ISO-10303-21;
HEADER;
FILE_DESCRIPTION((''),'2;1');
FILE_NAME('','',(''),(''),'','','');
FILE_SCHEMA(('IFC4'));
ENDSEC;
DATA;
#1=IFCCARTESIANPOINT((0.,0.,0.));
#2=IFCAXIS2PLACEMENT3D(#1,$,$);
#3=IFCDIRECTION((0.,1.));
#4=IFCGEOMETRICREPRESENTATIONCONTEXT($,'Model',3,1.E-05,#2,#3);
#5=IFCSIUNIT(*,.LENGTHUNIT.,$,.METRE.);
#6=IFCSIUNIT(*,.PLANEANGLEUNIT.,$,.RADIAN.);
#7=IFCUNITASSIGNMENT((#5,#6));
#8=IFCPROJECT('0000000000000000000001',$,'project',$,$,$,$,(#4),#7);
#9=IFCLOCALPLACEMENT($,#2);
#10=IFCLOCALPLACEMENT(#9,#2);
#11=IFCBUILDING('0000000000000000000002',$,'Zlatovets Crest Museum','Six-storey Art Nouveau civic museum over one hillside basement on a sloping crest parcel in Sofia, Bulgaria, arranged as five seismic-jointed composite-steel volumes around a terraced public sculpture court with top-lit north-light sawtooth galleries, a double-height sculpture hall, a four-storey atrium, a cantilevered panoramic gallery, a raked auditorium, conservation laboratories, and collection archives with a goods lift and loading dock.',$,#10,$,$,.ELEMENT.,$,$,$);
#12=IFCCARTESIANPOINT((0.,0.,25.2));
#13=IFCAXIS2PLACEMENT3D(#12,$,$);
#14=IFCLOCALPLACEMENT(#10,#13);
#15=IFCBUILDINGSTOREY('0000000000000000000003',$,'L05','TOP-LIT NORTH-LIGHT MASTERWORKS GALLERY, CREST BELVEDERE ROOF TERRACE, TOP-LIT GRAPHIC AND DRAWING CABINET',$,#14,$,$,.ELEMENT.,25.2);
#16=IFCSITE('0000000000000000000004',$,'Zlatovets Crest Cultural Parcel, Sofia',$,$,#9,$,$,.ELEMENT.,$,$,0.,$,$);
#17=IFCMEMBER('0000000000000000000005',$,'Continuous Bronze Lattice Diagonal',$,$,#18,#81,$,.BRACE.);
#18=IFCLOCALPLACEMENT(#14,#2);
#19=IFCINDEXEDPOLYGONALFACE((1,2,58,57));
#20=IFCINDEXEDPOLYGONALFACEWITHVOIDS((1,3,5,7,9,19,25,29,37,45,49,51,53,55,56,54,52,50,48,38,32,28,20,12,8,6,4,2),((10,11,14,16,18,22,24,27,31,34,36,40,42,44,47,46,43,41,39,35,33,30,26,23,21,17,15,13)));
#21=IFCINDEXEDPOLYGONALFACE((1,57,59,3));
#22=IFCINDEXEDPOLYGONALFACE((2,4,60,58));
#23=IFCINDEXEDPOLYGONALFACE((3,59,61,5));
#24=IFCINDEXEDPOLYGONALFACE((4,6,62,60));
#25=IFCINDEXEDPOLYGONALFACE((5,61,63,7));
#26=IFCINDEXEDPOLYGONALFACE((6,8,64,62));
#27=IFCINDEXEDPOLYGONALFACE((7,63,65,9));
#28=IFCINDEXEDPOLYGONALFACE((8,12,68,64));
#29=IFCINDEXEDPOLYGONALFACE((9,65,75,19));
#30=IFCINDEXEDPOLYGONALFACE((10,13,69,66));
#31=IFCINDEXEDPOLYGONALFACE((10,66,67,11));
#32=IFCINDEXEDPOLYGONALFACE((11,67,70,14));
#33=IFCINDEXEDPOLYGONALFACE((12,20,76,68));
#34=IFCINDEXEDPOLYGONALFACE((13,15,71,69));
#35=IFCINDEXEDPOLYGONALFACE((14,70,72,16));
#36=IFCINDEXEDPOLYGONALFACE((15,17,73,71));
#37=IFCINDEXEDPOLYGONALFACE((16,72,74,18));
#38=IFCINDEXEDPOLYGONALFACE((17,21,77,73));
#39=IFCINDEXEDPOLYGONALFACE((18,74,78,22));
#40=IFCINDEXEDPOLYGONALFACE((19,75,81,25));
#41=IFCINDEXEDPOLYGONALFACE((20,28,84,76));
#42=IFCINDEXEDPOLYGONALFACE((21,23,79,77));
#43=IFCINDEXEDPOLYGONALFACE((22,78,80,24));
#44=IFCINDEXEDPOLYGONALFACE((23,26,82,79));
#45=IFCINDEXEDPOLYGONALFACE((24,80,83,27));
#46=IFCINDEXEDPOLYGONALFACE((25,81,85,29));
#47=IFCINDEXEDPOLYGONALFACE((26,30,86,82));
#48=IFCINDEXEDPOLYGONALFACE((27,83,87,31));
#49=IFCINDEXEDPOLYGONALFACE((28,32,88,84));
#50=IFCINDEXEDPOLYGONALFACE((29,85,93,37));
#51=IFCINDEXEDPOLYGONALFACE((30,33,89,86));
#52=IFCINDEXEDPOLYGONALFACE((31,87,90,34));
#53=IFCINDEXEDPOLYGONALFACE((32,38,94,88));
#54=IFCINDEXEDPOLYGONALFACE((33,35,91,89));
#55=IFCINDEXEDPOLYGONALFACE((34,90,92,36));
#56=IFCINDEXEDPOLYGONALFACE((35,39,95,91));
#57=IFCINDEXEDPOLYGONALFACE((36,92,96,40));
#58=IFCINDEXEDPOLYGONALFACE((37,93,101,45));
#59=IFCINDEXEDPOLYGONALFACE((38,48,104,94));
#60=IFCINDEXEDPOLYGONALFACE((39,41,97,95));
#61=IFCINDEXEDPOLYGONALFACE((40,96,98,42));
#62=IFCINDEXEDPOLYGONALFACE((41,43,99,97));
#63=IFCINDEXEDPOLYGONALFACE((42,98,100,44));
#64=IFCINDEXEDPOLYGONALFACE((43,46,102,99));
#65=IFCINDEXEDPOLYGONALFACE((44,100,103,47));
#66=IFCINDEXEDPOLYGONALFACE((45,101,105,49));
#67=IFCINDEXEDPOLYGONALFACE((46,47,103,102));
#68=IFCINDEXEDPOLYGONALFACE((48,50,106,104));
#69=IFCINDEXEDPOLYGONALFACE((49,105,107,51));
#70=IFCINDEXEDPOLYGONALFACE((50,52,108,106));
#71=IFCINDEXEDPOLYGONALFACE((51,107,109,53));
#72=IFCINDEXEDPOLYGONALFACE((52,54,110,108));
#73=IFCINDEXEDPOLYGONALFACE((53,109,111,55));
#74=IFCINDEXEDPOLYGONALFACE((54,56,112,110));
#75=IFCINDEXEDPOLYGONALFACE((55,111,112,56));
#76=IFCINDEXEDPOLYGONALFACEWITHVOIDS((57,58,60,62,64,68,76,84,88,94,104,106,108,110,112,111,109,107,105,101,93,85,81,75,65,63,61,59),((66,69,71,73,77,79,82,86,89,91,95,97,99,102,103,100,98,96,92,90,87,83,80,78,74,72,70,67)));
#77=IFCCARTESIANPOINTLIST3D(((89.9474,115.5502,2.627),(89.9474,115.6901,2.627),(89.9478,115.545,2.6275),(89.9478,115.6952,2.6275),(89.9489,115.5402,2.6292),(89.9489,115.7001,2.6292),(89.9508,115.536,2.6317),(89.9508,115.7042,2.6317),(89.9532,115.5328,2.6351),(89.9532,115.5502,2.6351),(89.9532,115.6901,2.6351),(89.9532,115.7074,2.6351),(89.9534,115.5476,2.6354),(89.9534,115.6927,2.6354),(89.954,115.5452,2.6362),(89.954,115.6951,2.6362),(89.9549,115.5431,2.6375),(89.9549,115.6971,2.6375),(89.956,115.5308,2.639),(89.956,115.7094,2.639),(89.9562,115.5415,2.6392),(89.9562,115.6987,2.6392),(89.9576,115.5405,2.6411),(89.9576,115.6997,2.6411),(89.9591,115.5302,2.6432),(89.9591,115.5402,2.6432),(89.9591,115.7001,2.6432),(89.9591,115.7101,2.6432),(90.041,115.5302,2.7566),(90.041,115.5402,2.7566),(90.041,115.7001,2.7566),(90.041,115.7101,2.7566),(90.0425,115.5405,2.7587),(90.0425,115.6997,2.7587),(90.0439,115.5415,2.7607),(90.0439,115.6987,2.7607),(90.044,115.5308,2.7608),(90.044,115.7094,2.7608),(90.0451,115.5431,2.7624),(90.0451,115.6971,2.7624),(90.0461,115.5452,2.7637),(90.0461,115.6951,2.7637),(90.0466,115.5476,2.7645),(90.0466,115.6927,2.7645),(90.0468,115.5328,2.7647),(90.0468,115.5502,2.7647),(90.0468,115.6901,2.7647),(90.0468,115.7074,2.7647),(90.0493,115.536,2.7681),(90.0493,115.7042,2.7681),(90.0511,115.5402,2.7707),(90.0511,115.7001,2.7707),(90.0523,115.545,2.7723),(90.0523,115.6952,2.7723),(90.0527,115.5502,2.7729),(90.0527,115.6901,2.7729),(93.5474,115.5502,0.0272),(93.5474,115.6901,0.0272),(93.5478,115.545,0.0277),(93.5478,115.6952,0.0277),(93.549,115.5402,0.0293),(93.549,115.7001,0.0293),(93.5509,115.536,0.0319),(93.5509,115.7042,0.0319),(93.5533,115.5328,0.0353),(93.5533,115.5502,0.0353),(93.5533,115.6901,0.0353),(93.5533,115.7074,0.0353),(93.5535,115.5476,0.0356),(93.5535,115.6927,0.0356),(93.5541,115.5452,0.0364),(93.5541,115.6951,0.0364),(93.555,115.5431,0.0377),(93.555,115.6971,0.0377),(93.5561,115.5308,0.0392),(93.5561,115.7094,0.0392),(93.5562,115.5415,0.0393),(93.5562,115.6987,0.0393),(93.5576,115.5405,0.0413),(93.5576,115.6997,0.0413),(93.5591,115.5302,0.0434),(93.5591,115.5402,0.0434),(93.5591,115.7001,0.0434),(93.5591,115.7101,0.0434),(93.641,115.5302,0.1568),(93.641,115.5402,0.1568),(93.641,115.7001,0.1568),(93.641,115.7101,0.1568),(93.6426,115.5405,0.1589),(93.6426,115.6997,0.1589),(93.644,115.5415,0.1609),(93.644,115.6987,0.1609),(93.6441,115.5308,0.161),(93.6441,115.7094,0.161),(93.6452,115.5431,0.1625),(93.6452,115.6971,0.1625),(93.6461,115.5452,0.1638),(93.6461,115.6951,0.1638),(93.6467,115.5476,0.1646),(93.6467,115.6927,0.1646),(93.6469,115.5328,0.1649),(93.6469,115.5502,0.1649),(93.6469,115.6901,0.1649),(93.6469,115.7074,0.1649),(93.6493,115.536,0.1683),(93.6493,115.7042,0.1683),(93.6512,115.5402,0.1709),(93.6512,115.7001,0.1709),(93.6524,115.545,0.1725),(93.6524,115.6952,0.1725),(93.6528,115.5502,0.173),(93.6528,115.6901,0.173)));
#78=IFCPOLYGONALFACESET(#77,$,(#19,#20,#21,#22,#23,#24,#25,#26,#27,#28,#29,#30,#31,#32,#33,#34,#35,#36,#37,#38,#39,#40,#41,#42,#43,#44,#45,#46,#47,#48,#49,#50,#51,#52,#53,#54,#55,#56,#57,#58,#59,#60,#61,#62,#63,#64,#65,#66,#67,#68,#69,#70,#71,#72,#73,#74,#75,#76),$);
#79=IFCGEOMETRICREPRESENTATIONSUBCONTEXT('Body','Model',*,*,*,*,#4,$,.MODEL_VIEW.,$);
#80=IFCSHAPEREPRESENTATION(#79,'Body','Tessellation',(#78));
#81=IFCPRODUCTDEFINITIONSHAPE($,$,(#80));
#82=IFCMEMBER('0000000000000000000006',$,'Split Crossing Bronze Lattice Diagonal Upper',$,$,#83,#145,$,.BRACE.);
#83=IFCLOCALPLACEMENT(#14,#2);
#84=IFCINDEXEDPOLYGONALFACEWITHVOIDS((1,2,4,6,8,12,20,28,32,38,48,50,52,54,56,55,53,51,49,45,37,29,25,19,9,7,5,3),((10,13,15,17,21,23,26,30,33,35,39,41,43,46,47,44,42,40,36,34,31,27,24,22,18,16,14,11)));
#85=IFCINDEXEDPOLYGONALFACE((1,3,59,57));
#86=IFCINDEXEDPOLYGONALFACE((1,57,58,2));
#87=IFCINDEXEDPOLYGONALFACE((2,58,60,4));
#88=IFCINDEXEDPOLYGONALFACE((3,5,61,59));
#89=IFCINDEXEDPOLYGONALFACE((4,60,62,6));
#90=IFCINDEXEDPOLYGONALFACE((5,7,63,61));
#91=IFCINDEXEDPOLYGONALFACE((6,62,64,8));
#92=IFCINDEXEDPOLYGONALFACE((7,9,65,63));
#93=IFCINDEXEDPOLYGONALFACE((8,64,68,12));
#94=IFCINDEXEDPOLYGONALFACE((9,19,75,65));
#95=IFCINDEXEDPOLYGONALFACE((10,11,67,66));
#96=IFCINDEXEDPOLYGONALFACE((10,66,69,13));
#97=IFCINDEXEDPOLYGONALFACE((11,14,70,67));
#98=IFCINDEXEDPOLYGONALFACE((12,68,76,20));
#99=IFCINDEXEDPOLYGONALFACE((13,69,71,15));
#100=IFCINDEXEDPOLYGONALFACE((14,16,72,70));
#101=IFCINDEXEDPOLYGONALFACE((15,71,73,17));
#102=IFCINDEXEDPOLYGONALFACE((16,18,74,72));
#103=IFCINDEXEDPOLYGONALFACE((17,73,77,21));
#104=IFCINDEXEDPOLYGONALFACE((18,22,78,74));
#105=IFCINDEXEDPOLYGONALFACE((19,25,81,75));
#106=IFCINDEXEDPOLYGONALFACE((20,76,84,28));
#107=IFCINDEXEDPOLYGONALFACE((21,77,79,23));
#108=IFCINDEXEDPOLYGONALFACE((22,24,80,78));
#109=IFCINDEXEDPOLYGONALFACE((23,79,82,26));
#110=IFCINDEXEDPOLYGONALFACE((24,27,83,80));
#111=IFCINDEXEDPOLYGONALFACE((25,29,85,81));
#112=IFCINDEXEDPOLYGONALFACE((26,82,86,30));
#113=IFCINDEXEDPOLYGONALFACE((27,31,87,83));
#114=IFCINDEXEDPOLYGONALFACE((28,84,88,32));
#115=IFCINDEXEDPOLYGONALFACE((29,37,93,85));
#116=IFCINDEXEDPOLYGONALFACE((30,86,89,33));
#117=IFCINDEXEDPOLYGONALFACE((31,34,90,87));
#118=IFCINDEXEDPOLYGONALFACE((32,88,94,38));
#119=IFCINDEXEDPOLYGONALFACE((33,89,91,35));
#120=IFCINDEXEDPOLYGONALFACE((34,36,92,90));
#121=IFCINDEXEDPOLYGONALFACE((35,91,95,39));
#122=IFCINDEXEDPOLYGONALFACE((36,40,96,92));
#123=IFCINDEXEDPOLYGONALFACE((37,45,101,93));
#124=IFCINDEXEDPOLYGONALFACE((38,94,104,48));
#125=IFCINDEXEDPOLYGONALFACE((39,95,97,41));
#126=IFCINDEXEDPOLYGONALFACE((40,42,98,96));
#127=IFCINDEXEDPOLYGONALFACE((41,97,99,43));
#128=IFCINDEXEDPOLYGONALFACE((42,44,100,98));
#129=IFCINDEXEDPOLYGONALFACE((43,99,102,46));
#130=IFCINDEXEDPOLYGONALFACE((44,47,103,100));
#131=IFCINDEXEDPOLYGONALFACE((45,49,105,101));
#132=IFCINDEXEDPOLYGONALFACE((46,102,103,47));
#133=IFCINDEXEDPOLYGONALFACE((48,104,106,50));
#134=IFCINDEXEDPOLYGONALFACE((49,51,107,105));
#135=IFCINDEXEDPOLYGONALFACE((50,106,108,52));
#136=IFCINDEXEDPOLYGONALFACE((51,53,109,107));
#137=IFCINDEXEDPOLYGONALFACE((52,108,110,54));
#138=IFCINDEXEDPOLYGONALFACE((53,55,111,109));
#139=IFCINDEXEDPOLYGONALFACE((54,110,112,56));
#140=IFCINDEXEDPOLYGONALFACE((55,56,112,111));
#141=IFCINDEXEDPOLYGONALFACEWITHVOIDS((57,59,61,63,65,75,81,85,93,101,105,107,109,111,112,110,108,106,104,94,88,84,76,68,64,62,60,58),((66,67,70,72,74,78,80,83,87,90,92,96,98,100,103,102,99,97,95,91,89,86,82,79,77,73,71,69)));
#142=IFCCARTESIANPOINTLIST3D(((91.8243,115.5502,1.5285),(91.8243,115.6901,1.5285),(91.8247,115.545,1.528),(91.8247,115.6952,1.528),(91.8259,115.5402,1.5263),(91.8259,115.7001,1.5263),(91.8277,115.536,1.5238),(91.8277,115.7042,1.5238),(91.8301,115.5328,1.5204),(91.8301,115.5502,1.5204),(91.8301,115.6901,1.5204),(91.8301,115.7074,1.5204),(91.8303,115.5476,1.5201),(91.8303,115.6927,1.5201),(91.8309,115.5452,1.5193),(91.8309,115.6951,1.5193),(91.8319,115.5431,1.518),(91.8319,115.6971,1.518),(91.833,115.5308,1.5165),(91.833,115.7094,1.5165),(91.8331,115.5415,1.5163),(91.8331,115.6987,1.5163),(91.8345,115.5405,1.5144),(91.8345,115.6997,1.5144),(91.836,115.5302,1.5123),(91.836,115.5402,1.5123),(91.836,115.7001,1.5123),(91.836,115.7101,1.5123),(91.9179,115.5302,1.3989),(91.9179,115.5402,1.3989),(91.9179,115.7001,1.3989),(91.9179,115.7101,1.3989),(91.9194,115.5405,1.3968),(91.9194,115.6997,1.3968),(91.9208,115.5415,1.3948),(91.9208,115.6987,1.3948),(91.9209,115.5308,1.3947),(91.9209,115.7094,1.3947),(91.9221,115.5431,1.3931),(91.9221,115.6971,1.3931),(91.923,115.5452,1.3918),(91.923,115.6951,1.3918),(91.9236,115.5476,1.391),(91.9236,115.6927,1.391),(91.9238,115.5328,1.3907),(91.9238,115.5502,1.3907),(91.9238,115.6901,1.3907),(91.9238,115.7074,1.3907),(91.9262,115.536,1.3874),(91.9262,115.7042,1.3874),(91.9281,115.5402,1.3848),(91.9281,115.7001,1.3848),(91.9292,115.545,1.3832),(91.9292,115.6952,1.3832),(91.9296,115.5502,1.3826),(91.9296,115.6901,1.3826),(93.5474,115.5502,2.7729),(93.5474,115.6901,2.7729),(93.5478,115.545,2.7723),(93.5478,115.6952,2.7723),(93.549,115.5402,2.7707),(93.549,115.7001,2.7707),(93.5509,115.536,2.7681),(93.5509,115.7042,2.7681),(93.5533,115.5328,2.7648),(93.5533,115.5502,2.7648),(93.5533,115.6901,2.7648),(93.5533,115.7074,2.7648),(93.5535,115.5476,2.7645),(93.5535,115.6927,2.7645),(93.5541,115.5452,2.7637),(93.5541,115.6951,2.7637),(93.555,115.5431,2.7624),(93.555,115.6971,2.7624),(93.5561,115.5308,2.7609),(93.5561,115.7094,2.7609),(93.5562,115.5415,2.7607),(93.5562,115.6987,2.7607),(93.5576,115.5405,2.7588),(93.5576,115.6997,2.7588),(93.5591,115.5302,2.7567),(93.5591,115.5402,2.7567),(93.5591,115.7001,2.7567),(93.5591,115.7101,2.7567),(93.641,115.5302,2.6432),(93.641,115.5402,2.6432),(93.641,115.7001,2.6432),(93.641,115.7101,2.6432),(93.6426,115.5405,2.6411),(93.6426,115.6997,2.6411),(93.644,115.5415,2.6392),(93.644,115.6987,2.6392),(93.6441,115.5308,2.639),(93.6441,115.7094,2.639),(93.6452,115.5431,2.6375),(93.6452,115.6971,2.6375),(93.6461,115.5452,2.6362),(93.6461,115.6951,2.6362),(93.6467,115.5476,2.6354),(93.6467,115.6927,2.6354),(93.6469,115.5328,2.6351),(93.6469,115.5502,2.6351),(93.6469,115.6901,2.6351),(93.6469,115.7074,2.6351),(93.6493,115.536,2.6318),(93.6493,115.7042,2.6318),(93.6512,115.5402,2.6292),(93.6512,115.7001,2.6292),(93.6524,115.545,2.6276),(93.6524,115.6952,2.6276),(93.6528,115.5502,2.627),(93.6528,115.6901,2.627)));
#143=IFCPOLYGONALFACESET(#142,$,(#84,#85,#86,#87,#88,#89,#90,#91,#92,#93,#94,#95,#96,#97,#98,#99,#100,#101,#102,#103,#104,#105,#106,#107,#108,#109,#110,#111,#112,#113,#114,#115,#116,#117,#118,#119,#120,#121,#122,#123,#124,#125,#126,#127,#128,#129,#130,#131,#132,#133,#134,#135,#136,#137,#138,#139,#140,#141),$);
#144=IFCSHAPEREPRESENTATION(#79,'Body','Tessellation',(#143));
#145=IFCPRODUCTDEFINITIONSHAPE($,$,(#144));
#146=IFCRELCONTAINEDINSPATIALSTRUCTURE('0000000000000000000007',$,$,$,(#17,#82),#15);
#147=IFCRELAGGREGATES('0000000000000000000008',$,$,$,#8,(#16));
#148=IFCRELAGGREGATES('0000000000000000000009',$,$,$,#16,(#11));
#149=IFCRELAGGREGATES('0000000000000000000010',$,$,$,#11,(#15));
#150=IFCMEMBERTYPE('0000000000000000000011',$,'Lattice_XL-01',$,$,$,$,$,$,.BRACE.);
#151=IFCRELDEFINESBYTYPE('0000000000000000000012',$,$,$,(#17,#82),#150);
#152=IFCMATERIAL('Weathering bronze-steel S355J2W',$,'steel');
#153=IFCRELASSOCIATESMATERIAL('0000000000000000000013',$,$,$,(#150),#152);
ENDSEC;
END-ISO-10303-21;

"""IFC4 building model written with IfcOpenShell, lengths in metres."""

from ifc_helpers import new_model, si_unit, direction, frame, origin, origin_2d, place, context, subcontext, project, spatial, hollow_rectangle, extrude, material, material_profile, profile_set, type_object, element, save


model = new_model("IFC4")

# Units and contexts
model_context = context("Model", 3, precision=1e-05, world=origin(), true_north=direction((0.0, 1.0)))
body_context = subcontext(model_context, "Body", "Model", "MODEL_VIEW")
ifc_project = project(units=[si_unit("LENGTHUNIT", "METRE"), si_unit("PLANEANGLEUNIT", "RADIAN")], contexts=[model_context])

# Site, building, storey
site_placement = place(None, origin())
site = spatial("IfcSite", under=ifc_project, at=site_placement, Name="Zlatovets Crest Cultural Parcel, Sofia", CompositionType="ELEMENT", RefElevation=0.0)
building_placement = place(site_placement, origin())
building = spatial("IfcBuilding", under=site, at=building_placement, Name="Zlatovets Crest Museum", Description="Six-storey Art Nouveau civic museum over one hillside basement on a sloping crest parcel in Sofia, Bulgaria, arranged as five seismic-jointed composite-steel volumes around a terraced public sculpture court with top-lit north-light sawtooth galleries, a double-height sculpture hall, a four-storey atrium, a cantilevered panoramic gallery, a raked auditorium, conservation laboratories, and collection archives with a goods lift and loading dock.", CompositionType="ELEMENT")
storey_placement = place(building_placement, frame((0.0, 0.0, 25.2)))
storey = spatial("IfcBuildingStorey", under=building, at=storey_placement, Name="L05", Description="TOP-LIT NORTH-LIGHT MASTERWORKS GALLERY, CREST BELVEDERE ROOF TERRACE, TOP-LIT GRAPHIC AND DRAWING CABINET", CompositionType="ELEMENT", Elevation=25.2)

# Members
ifc_material_1 = material(Name="Weathering bronze-steel S355J2W", Category="steel")
ifc_material_profile_1 = material_profile(ifc_material_1, hollow_rectangle(XDim=0.1799, YDim=0.1799, WallThickness=0.01, InnerFilletRadius=0.01, OuterFilletRadius=0.02, at=origin_2d()), Name="SHS 180x180x10.0")
ifc_profile_set_1 = profile_set([ifc_material_profile_1], Name="Weathering bronze-steel S355J2W")
member_type_1 = type_object("IfcMemberType", Name="Lattice_XL-01", PredefinedType="BRACE", material=ifc_profile_set_1)
member_1_placement = place(storey_placement, frame((93.6001, 115.6201, 0.1001), z_axis=(-0.810702, 0.0, 0.585458), x_axis=(0.0, -1.0, 0.0)))
element("IfcMember", 1, at=member_1_placement, inside=storey, type_object=member_type_1, Name="Continuous Bronze Lattice Diagonal", PredefinedType="BRACE", context=body_context, shape_type="SweptSolid", body=[
    extrude(hollow_rectangle(XDim=0.1799, YDim=0.1799, WallThickness=0.01, InnerFilletRadius=0.01, OuterFilletRadius=0.02, at=origin_2d()), origin(), (0.0, 0.0, 1.0), 4.4407),
])
member_2_placement = place(storey_placement, frame((93.6001, 115.6201, 2.7), z_axis=(-0.810703, 0.0, -0.585457), x_axis=(0.0, -1.0, 0.0)))
element("IfcMember", 2, at=member_2_placement, inside=storey, type_object=member_type_1, Name="Split Crossing Bronze Lattice Diagonal Upper", PredefinedType="BRACE", context=body_context, shape_type="SweptSolid", body=[
    extrude(hollow_rectangle(XDim=0.1799, YDim=0.1799, WallThickness=0.01, InnerFilletRadius=0.01, OuterFilletRadius=0.02, at=origin_2d()), origin(), (0.0, 0.0, 1.0), 2.1255),
])

save(model, "model.ifc")
